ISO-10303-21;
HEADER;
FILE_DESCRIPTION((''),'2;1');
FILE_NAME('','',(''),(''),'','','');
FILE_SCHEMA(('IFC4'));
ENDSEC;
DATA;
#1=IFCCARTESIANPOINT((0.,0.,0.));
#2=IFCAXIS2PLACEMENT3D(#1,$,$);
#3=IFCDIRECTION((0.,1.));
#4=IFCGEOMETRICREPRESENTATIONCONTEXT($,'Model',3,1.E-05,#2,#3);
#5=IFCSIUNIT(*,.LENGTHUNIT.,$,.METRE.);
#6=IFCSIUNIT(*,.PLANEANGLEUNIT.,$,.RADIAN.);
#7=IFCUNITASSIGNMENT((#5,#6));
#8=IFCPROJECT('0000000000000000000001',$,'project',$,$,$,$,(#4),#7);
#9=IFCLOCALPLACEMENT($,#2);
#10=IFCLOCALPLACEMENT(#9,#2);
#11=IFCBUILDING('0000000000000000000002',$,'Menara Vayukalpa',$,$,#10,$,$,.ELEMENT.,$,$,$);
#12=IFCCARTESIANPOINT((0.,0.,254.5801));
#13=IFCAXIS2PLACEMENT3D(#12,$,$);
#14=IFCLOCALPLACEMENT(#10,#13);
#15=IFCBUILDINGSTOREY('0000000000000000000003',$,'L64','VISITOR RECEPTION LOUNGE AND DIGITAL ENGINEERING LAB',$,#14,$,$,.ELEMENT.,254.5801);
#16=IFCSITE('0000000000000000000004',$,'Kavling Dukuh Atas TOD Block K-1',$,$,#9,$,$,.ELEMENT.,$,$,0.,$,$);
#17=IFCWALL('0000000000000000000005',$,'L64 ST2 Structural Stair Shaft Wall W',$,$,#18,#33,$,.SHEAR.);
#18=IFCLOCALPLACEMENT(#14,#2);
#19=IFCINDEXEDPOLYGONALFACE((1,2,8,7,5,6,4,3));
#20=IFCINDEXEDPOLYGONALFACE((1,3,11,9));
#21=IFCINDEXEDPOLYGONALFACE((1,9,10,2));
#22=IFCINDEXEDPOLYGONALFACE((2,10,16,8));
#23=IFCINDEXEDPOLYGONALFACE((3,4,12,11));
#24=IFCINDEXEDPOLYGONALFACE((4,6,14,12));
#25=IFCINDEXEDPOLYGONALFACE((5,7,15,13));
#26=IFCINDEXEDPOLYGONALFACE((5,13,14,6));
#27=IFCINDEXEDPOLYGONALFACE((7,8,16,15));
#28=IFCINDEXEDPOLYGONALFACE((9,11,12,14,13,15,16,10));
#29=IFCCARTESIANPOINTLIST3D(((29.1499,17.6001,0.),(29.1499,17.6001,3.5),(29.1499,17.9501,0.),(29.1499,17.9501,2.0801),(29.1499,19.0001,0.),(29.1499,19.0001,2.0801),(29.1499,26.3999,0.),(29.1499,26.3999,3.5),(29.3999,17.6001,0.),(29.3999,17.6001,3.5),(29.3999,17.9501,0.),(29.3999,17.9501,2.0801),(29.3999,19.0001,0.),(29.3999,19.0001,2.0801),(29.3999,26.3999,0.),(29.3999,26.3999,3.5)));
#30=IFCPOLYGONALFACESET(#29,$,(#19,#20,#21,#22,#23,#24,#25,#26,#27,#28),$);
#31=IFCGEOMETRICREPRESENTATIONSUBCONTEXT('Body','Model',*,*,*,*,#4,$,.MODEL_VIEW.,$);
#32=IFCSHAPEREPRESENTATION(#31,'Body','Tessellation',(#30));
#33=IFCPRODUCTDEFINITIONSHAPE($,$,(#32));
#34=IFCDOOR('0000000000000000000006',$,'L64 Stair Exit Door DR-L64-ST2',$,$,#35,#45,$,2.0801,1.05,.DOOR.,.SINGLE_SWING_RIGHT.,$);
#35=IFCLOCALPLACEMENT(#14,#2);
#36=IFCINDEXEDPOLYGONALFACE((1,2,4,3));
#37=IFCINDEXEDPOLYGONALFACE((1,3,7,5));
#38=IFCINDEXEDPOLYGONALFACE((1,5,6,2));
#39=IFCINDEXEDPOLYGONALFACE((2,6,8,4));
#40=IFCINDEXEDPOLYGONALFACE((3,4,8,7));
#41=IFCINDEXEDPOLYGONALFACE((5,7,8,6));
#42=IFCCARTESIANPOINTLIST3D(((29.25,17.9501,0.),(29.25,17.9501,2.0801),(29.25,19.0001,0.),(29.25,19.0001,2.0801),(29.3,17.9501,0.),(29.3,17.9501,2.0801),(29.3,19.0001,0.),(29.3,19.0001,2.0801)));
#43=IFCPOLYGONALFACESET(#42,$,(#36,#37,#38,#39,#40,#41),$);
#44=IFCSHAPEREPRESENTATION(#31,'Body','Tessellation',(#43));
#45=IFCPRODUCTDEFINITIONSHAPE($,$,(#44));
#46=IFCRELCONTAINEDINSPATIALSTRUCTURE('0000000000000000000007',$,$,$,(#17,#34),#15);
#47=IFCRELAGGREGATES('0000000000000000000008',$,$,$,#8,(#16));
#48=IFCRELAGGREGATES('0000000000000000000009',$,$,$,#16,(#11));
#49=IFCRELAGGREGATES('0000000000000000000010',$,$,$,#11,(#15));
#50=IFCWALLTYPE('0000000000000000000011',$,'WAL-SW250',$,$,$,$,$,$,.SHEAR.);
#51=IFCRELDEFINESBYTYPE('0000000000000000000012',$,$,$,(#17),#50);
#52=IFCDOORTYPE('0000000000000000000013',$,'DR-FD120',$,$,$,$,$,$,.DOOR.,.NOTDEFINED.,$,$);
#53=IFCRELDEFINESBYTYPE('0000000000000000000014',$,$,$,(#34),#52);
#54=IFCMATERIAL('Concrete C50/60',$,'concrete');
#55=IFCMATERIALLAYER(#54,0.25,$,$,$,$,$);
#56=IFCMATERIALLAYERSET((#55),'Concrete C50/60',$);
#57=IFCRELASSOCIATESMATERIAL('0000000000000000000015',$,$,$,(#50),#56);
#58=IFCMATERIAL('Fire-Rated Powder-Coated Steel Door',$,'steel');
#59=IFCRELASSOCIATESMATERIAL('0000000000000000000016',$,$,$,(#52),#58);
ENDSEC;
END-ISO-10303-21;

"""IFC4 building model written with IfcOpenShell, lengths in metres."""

from ifc_helpers import new_model, si_unit, direction, frame, frame_2d, origin, place, context, subcontext, project, spatial, rectangle, extrude, material, layer, layer_set, type_object, element, fill, save


model = new_model("IFC4")

# Units and contexts
model_context = context("Model", 3, precision=1e-05, world=origin(), true_north=direction((0.0, 1.0)))
body_context = subcontext(model_context, "Body", "Model", "MODEL_VIEW")
ifc_project = project(units=[si_unit("LENGTHUNIT", "METRE"), si_unit("PLANEANGLEUNIT", "RADIAN")], contexts=[model_context])

# Site, building, storey
site_placement = place(None, origin())
site = spatial("IfcSite", under=ifc_project, at=site_placement, Name="Kavling Dukuh Atas TOD Block K-1", CompositionType="ELEMENT", RefElevation=0.0)
building_placement = place(site_placement, origin())
building = spatial("IfcBuilding", under=site, at=building_placement, Name="Menara Vayukalpa", CompositionType="ELEMENT")
storey_placement = place(building_placement, frame((0.0, 0.0, 254.5801)))
storey = spatial("IfcBuildingStorey", under=building, at=storey_placement, Name="L64", Description="VISITOR RECEPTION LOUNGE AND DIGITAL ENGINEERING LAB", CompositionType="ELEMENT", Elevation=254.5801)

# Wall, opening, door
ifc_material_1 = material(Name="Concrete C50/60", Category="concrete")
ifc_layer_1 = layer(ifc_material_1, 0.25)
ifc_layer_set_1 = layer_set([ifc_layer_1], Name="Concrete C50/60")
wall_type_1 = type_object("IfcWallType", Name="WAL-SW250", PredefinedType="SHEAR", material=ifc_layer_set_1)
wall_1_placement = place(storey_placement, frame((29.2749, 17.6001, 0.0), z_axis=(0.0, 0.0, 1.0), x_axis=(0.0, 1.0, 0.0)))
wall_1 = element("IfcWall", 1, at=wall_1_placement, inside=storey, type_object=wall_type_1, Name="L64 ST2 Structural Stair Shaft Wall W", PredefinedType="SHEAR", context=body_context, shape_type="SweptSolid", body=[
    extrude(rectangle(XDim=8.7998, YDim=0.25, at=frame_2d((4.3999, 0.0))), origin(), (0.0, 0.0, 1.0), 3.5),
])
opening_1_placement = place(wall_1_placement, frame((0.3501, 0.0, 0.0)))
opening_1 = element("IfcOpeningElement", 2, at=opening_1_placement, cuts=wall_1, PredefinedType="OPENING", context=body_context, shape_type="SweptSolid", body=[
    extrude(rectangle(XDim=1.05, YDim=2.0801, at=frame_2d((0.5249, 1.04))), frame((0.0, 0.135, 0.0), z_axis=(0.0, -1.0, 0.0), x_axis=(1.0, 0.0, 0.0)), (0.0, 0.0, 1.0), 0.27),
])
ifc_material_2 = material(Name="Fire-Rated Powder-Coated Steel Door", Category="steel")
door_type_1 = type_object("IfcDoorType", Name="DR-FD120", OperationType="NOTDEFINED", PredefinedType="DOOR", material=ifc_material_2)
door_1_placement = place(opening_1_placement, origin())
door_1 = element("IfcDoor", 3, at=door_1_placement, inside=storey, type_object=door_type_1, Name="L64 Stair Exit Door DR-L64-ST2", OperationType="SINGLE_SWING_RIGHT", OverallHeight=2.0801, OverallWidth=1.05, PredefinedType="DOOR", context=body_context, shape_type="SweptSolid", body=[
    extrude(rectangle(XDim=1.05, YDim=2.0801, at=frame_2d((0.5249, 1.04))), frame((0.0, 0.0249, 0.0), z_axis=(0.0, -1.0, 0.0), x_axis=(1.0, 0.0, 0.0)), (0.0, 0.0, 1.0), 0.05),
])
fill(opening_1, door_1)

save(model, "model.ifc")
